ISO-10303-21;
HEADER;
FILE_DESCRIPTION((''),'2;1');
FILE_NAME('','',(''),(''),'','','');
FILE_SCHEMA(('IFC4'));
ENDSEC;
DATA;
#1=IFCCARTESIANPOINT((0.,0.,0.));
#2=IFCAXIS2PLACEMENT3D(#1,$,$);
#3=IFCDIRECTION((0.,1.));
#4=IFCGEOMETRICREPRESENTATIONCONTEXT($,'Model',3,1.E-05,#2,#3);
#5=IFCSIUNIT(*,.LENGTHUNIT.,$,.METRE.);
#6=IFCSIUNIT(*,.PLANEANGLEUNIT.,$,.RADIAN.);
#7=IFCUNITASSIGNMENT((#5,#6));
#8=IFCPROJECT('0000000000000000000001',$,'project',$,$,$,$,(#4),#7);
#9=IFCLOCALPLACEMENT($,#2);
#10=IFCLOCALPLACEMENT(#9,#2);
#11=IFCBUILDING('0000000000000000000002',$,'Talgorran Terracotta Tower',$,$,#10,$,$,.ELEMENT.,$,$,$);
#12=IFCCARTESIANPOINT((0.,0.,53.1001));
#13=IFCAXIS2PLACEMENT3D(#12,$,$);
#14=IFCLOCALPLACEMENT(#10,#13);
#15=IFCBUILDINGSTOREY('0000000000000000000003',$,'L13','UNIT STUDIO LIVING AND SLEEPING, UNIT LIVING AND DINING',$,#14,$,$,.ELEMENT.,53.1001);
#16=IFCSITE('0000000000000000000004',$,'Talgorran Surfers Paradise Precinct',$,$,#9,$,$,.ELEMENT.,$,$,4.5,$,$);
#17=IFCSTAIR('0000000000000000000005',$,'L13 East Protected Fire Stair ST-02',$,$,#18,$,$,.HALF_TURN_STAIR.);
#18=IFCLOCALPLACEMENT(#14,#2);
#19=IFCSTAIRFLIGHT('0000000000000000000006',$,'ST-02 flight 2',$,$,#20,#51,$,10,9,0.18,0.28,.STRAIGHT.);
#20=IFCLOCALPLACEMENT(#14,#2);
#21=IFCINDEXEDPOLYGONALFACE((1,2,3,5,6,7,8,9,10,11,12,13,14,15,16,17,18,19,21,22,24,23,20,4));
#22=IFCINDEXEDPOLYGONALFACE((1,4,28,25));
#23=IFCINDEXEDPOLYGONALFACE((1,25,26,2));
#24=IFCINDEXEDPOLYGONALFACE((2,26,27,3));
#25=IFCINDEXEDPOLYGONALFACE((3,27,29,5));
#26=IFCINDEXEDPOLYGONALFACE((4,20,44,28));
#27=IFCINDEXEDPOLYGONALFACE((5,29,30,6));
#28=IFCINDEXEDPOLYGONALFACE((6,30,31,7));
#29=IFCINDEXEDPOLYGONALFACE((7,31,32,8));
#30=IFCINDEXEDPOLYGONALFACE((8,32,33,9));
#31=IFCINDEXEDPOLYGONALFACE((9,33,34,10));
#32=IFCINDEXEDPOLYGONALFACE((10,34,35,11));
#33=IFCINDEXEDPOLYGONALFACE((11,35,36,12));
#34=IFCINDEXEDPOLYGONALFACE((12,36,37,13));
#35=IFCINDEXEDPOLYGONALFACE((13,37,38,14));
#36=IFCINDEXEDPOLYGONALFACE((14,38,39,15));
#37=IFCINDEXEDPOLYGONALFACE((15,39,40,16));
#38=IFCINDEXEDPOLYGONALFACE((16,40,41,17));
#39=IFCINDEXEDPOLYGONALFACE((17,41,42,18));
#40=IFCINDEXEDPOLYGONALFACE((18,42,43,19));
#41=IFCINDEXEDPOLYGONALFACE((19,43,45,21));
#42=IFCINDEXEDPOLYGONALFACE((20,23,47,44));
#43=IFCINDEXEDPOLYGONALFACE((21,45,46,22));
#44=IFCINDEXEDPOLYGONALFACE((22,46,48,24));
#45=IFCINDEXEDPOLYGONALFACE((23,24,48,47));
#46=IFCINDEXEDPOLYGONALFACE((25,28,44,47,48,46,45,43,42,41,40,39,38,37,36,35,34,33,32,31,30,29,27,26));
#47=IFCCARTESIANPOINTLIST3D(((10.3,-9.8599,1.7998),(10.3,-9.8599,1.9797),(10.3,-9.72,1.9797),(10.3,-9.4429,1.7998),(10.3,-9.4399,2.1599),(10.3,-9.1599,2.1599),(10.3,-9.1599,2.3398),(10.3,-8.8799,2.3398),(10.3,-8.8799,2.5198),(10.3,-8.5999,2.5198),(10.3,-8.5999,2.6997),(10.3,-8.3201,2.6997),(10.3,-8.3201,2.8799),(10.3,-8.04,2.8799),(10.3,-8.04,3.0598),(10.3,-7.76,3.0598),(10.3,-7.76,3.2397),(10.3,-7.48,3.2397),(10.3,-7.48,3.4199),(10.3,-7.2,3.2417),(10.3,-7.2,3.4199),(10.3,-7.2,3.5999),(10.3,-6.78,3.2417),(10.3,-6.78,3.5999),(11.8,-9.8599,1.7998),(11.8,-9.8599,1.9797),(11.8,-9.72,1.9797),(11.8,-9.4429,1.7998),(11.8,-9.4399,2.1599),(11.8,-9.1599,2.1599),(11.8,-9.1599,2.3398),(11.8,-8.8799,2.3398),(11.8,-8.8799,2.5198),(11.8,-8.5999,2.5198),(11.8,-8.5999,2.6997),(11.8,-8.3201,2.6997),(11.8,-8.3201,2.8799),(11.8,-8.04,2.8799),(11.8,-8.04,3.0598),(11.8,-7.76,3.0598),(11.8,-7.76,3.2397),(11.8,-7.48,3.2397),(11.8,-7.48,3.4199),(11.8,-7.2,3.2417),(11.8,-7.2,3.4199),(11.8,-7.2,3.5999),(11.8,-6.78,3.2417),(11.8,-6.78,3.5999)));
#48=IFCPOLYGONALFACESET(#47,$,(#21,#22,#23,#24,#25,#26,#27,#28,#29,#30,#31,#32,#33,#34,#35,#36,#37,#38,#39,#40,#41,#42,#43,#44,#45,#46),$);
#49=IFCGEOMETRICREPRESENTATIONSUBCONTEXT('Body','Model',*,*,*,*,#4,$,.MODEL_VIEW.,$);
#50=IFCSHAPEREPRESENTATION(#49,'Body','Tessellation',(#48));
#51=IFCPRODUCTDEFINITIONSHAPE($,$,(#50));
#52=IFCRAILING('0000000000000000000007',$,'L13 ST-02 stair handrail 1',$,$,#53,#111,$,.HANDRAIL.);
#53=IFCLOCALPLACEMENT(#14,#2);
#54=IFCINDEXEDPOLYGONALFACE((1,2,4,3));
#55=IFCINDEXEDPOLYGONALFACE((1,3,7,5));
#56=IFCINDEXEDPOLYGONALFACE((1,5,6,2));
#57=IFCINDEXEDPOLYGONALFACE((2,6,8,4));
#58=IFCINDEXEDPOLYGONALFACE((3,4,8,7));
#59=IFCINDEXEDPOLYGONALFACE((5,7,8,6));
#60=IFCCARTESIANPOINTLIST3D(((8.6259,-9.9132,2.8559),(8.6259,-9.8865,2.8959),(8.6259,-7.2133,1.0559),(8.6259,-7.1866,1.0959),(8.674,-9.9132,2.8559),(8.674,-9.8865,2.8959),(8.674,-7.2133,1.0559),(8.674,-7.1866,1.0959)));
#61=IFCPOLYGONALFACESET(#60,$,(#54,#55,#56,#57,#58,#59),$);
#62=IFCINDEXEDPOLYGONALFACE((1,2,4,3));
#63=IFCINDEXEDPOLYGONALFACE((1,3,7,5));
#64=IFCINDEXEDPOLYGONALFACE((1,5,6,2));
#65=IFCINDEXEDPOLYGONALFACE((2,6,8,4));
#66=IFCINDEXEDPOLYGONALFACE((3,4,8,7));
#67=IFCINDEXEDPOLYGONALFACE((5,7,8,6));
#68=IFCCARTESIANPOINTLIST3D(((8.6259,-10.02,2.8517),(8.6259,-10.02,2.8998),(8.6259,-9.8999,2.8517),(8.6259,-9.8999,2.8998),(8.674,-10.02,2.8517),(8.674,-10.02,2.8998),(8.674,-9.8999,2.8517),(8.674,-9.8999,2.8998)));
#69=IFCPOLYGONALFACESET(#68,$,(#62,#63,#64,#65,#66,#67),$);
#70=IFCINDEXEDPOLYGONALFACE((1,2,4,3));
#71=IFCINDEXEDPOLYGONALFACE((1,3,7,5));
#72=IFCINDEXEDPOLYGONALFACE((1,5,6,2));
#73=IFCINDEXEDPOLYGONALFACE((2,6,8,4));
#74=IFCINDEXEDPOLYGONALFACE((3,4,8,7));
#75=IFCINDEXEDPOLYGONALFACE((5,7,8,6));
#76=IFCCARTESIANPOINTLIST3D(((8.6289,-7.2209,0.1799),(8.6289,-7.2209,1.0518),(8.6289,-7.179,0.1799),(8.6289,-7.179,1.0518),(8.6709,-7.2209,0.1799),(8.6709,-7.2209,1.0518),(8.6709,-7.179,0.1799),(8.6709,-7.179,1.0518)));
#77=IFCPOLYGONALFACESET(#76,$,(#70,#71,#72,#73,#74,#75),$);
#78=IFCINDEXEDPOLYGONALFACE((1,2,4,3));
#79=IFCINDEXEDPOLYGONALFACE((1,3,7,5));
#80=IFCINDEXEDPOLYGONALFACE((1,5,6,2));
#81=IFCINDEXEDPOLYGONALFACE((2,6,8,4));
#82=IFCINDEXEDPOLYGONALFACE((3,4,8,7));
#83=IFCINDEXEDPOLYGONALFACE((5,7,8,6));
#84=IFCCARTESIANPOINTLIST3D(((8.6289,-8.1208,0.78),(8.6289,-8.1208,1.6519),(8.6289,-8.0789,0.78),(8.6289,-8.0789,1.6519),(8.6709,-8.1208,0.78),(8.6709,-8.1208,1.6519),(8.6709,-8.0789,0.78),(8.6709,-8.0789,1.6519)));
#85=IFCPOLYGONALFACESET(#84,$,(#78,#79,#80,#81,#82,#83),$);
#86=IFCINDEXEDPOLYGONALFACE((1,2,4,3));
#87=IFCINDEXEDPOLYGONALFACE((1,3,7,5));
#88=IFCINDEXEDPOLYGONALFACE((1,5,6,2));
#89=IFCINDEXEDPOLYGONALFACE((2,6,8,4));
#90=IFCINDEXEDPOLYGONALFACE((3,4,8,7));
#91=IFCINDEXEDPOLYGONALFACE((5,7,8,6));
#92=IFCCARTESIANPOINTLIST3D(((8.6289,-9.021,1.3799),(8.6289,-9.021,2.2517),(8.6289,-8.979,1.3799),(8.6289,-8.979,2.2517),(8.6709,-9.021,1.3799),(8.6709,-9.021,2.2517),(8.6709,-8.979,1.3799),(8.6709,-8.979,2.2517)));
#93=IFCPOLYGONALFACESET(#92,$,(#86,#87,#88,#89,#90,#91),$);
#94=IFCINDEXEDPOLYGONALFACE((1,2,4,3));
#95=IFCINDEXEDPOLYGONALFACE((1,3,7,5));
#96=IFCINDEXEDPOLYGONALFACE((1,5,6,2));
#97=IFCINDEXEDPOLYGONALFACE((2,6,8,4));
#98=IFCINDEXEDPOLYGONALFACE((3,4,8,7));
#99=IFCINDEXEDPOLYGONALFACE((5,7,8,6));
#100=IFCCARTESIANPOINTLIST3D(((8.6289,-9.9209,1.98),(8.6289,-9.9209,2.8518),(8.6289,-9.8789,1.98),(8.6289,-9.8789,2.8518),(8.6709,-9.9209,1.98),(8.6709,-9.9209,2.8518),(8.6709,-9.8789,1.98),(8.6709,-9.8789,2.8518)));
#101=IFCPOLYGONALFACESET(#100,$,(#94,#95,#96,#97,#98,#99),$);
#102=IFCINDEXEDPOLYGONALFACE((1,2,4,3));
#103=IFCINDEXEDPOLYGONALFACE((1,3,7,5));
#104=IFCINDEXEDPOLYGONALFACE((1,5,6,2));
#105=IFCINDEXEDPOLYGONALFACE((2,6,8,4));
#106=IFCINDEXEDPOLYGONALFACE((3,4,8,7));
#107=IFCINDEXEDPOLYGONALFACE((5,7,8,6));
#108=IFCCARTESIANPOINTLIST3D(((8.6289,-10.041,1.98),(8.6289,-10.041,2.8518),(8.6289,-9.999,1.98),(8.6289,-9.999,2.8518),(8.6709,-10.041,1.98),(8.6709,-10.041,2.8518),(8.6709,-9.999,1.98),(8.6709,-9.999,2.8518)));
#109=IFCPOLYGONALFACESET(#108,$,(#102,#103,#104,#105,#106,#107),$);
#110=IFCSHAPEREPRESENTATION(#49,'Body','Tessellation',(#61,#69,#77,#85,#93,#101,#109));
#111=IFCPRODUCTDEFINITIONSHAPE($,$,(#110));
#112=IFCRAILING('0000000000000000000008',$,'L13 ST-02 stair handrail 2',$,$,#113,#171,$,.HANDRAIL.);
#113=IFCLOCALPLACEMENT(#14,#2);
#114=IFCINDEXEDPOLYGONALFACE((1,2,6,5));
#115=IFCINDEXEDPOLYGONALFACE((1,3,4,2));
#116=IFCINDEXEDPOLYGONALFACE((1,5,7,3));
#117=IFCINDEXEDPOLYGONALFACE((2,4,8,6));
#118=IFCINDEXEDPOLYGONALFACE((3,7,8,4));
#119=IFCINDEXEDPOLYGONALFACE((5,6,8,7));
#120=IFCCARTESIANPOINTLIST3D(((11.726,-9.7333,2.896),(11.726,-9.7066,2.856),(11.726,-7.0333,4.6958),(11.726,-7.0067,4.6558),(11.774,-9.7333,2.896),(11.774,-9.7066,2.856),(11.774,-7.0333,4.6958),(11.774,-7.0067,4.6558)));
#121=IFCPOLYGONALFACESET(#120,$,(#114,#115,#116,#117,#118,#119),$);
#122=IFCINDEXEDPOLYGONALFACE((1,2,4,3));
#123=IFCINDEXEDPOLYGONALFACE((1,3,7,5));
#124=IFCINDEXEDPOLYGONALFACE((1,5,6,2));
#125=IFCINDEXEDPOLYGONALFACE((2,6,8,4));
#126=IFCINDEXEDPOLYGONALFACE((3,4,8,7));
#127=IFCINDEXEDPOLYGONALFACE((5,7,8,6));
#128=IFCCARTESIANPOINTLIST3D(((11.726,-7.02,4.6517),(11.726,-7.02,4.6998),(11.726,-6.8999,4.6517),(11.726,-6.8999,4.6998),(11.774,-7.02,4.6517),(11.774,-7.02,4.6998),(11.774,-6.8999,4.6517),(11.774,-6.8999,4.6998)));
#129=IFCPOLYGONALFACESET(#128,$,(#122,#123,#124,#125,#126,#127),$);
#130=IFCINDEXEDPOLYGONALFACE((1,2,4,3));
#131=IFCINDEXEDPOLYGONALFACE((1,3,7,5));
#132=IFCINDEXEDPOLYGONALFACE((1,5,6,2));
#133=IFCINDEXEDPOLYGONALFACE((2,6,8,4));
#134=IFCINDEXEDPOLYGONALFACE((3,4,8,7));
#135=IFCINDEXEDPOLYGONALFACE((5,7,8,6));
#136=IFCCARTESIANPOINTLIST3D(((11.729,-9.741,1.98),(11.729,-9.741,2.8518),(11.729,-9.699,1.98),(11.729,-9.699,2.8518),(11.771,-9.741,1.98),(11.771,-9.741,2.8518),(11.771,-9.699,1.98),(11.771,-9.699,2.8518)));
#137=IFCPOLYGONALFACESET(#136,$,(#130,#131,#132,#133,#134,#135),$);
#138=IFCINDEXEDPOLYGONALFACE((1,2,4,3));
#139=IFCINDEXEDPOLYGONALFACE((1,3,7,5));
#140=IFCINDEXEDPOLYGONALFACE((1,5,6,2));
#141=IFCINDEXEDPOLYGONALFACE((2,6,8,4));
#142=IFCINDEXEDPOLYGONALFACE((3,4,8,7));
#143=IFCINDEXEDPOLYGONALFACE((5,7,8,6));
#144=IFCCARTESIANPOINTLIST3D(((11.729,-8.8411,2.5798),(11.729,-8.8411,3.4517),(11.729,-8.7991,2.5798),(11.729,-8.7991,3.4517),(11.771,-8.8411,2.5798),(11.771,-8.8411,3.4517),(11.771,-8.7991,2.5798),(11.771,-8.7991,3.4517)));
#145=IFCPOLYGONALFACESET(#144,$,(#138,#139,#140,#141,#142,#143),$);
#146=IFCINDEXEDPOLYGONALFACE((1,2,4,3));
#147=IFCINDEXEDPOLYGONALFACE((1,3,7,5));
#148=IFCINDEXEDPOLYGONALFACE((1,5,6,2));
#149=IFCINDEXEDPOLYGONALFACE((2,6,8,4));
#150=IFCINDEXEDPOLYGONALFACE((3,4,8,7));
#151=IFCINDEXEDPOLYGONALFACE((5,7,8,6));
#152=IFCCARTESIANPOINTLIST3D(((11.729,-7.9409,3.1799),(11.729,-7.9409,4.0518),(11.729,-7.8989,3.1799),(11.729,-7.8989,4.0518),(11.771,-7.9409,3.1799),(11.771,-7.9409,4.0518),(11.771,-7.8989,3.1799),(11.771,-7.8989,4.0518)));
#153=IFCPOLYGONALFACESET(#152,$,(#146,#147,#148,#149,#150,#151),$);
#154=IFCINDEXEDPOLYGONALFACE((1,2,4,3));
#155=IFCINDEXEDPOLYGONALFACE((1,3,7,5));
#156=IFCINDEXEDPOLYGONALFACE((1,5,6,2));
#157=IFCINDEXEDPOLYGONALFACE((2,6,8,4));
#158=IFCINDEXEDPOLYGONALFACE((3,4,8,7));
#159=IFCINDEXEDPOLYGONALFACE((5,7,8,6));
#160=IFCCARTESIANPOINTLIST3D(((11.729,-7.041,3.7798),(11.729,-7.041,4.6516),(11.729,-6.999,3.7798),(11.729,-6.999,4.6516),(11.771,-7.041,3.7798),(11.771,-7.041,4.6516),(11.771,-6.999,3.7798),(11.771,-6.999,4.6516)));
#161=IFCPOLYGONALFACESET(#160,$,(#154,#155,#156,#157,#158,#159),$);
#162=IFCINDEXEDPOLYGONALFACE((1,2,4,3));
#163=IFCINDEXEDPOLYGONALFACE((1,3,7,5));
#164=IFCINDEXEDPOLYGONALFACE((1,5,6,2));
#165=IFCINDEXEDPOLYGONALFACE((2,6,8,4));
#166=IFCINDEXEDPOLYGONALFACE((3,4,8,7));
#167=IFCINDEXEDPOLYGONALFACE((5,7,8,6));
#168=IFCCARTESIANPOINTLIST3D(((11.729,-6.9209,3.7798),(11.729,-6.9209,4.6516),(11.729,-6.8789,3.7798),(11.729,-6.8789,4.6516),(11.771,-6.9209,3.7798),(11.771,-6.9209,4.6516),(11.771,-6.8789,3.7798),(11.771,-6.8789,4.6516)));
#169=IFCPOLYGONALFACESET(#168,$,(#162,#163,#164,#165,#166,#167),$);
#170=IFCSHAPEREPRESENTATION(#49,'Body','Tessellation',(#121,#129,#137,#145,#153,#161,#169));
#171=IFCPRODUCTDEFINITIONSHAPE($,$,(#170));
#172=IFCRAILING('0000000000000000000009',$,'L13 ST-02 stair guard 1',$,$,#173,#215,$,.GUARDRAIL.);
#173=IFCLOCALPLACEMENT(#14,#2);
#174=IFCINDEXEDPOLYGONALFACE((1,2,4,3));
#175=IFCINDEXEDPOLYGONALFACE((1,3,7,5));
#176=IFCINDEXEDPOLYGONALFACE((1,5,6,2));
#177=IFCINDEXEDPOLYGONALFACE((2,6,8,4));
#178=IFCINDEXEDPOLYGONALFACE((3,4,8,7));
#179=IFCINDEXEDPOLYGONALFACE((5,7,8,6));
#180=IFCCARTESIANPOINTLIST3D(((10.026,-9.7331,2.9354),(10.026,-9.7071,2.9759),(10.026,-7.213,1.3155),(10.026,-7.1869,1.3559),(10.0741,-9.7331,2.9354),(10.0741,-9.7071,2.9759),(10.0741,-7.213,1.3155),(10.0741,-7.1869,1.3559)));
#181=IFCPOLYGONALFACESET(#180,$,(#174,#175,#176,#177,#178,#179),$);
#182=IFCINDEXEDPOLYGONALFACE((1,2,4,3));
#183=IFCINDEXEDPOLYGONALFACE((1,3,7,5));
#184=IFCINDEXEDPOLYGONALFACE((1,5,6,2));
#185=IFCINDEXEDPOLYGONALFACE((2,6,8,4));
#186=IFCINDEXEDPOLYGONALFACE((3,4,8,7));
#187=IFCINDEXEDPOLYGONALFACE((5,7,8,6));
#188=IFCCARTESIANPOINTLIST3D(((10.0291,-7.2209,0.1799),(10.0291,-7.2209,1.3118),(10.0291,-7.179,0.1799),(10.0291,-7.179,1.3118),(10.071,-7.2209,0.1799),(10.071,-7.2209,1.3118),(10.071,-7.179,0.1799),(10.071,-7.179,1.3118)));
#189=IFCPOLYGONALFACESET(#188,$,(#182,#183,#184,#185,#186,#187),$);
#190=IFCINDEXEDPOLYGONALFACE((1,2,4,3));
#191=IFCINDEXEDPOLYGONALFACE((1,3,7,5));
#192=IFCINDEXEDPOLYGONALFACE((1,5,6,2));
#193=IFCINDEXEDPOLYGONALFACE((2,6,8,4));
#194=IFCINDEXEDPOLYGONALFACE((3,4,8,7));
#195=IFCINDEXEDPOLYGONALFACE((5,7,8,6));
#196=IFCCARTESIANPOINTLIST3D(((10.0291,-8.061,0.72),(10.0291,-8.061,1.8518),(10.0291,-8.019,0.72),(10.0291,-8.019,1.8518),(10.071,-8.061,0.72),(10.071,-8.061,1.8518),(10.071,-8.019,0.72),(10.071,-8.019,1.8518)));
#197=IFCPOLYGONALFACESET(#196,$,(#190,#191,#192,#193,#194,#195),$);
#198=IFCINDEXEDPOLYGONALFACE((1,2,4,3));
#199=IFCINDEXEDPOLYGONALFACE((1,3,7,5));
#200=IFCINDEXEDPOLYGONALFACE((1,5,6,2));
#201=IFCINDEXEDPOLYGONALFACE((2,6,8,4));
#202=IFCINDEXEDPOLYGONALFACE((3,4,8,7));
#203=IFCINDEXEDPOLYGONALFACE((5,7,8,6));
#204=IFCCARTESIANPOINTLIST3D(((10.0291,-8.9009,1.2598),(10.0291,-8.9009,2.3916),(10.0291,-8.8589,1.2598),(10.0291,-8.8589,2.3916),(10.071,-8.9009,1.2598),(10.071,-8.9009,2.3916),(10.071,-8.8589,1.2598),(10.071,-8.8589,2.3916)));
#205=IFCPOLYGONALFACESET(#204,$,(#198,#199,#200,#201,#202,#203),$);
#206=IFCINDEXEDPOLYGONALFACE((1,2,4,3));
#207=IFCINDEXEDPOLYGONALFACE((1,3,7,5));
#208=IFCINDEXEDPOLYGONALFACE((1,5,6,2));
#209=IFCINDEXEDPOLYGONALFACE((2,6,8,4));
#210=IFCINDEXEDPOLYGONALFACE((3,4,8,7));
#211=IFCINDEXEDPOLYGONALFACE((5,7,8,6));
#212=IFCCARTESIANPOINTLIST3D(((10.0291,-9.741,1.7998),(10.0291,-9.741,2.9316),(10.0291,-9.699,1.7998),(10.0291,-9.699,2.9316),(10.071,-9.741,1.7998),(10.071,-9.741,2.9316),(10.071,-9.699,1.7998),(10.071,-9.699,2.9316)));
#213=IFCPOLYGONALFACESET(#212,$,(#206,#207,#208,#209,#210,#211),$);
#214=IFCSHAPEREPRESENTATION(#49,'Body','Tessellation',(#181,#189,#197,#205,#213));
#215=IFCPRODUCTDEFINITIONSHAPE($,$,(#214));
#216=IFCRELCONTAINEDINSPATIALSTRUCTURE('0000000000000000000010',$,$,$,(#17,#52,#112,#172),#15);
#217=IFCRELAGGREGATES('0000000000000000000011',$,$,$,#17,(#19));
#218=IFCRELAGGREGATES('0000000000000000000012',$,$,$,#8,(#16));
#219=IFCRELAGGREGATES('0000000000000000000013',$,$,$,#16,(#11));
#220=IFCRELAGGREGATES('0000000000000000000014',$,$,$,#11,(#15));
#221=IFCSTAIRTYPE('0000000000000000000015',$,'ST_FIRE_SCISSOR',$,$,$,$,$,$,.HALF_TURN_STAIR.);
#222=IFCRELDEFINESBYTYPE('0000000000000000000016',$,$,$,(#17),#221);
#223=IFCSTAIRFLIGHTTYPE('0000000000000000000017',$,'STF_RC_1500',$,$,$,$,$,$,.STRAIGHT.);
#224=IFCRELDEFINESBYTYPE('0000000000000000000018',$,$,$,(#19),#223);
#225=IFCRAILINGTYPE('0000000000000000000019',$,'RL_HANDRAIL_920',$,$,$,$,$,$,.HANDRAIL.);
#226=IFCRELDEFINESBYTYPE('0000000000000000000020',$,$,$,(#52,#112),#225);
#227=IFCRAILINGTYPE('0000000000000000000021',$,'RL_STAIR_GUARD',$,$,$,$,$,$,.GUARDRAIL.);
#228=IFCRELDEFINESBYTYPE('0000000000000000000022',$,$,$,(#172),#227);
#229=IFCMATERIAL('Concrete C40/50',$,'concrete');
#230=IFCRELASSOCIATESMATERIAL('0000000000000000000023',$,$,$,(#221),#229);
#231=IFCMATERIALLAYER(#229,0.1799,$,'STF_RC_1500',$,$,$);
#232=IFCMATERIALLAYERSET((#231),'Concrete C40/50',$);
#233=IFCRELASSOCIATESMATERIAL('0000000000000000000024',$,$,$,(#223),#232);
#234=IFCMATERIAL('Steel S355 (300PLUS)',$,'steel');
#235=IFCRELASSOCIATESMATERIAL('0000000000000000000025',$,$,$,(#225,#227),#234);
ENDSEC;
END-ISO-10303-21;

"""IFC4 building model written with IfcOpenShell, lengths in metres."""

from ifc_helpers import new_model, si_unit, direction, frame, origin, origin_2d, place, context, subcontext, project, spatial, polyline, rectangle, outline, extrude, material, layer, layer_set, type_object, element, aggregate, save


model = new_model("IFC4")

# Units and contexts
model_context = context("Model", 3, precision=1e-05, world=origin(), true_north=direction((0.0, 1.0)))
body_context = subcontext(model_context, "Body", "Model", "MODEL_VIEW")
ifc_project = project(units=[si_unit("LENGTHUNIT", "METRE"), si_unit("PLANEANGLEUNIT", "RADIAN")], contexts=[model_context])

# Site, building, storey
site_placement = place(None, origin())
site = spatial("IfcSite", under=ifc_project, at=site_placement, Name="Talgorran Surfers Paradise Precinct", CompositionType="ELEMENT", RefElevation=4.5)
building_placement = place(site_placement, origin())
building = spatial("IfcBuilding", under=site, at=building_placement, Name="Talgorran Terracotta Tower", CompositionType="ELEMENT")
storey_placement = place(building_placement, frame((0.0, 0.0, 53.1001)))
storey = spatial("IfcBuildingStorey", under=building, at=storey_placement, Name="L13", Description="UNIT STUDIO LIVING AND SLEEPING, UNIT LIVING AND DINING", CompositionType="ELEMENT", Elevation=53.1001)

# Shared definitions
ifc_material_1 = material(Name="Steel S355 (300PLUS)", Category="steel")

# Stair, stair flight
ifc_material_2 = material(Name="Concrete C40/50", Category="concrete")
stair_type = type_object("IfcStairType", Name="ST_FIRE_SCISSOR", PredefinedType="HALF_TURN_STAIR", material=ifc_material_2)
stair_placement = place(storey_placement, origin())
stair = element("IfcStair", 1, at=stair_placement, inside=storey, type_object=stair_type, Name="L13 East Protected Fire Stair ST-02", PredefinedType="HALF_TURN_STAIR")
ifc_layer_1 = layer(ifc_material_2, 0.1799, Name="STF_RC_1500")
ifc_layer_set_1 = layer_set([ifc_layer_1], Name="Concrete C40/50")
stair_flight_type = type_object("IfcStairFlightType", Name="STF_RC_1500", PredefinedType="STRAIGHT", material=ifc_layer_set_1)
stair_flight_1_placement = place(storey_placement, frame((11.05, -9.72, 1.7998), z_axis=(0.0, 0.0, 1.0), x_axis=(0.0, 1.0, 0.0)))
stair_flight_1 = element("IfcStairFlight", 2, at=stair_flight_1_placement, type_object=stair_flight_type, Name="ST-02 flight 2", NumberOfRisers=10, NumberOfTreads=9, PredefinedType="STRAIGHT", RiserHeight=0.18, TreadLength=0.28, context=body_context, shape_type="SweptSolid", body=[
    extrude(outline(polyline([(-0.1399, 0.0), (-0.1399, 0.1799), (0.0, 0.1799), (0.28, 0.3601), (0.5601, 0.3601), (0.5601, 0.54), (0.8401, 0.54), (0.8401, 0.72), (1.1201, 0.72), (1.1201, 0.8999), (1.3999, 0.8999), (1.3999, 1.0801), (1.6799, 1.0801), (1.6799, 1.26), (1.96, 1.26), (1.96, 1.4399), (2.24, 1.4399), (2.24, 1.6201), (2.52, 1.6201), (2.52, 1.8), (2.9399, 1.8), (2.9399, 1.4419), (2.52, 1.4419), (0.2771, 0.0), (-0.1399, 0.0)])), frame((0.0, 0.75, 0.0), z_axis=(0.0, -1.0, 0.0), x_axis=(1.0, 0.0, 0.0)), (0.0, 0.0, 1.0), 1.5),
])
aggregate(stair, [stair_flight_1])

# Railings
railing_type_1 = type_object("IfcRailingType", Name="RL_HANDRAIL_920", PredefinedType="HANDRAIL", material=ifc_material_1)
railing_1_placement = place(storey_placement, frame((8.6499, -7.2, 0.1799)))
element("IfcRailing", 3, at=railing_1_placement, inside=storey, type_object=railing_type_1, Name="L13 ST-02 stair handrail 1", PredefinedType="HANDRAIL", context=body_context, shape_type="SweptSolid", body=[
    extrude(rectangle(XDim=0.0481, YDim=0.0481, at=origin_2d()), frame((0.0, 0.0, 0.896), z_axis=(0.0, -0.832039, 0.554718), x_axis=(1.0, 0.0, 0.0)), (0.0, 0.0, 1.0), 3.2449),
    extrude(rectangle(XDim=0.0481, YDim=0.0481, at=origin_2d()), frame((0.0, -2.7, 2.6958), z_axis=(0.0, -1.0, 0.0), x_axis=(1.0, 0.0, 0.0)), (0.0, 0.0, 1.0), 0.1201),
    extrude(rectangle(XDim=0.042, YDim=0.042, at=origin_2d()), origin(), (0.0, 0.0, 1.0), 0.8718),
    extrude(rectangle(XDim=0.042, YDim=0.042, at=origin_2d()), frame((0.0, -0.8999, 0.6001)), (0.0, 0.0, 1.0), 0.8718),
    extrude(rectangle(XDim=0.042, YDim=0.042, at=origin_2d()), frame((0.0, -1.8, 1.2)), (0.0, 0.0, 1.0), 0.8718),
    extrude(rectangle(XDim=0.042, YDim=0.042, at=origin_2d()), frame((0.0, -2.7, 1.8)), (0.0, 0.0, 1.0), 0.8718),
    extrude(rectangle(XDim=0.042, YDim=0.042, at=origin_2d()), frame((0.0, -2.8201, 1.8)), (0.0, 0.0, 1.0), 0.8718),
])
railing_2_placement = place(storey_placement, frame((11.75, -9.72, 1.98)))
element("IfcRailing", 4, at=railing_2_placement, inside=storey, type_object=railing_type_1, Name="L13 ST-02 stair handrail 2", PredefinedType="HANDRAIL", context=body_context, shape_type="SweptSolid", body=[
    extrude(rectangle(XDim=0.0481, YDim=0.0481, at=origin_2d()), frame((0.0, 0.0, 0.896), z_axis=(0.0, 0.832073, 0.554665), x_axis=(-1.0, 0.0, 0.0)), (0.0, 0.0, 1.0), 3.2449),
    extrude(rectangle(XDim=0.0481, YDim=0.0481, at=origin_2d()), frame((0.0, 2.7, 2.6958), z_axis=(0.0, 1.0, 0.0), x_axis=(-1.0, 0.0, 0.0)), (0.0, 0.0, 1.0), 0.1201),
    extrude(rectangle(XDim=0.042, YDim=0.042, at=origin_2d()), origin(), (0.0, 0.0, 1.0), 0.8718),
    extrude(rectangle(XDim=0.042, YDim=0.042, at=origin_2d()), frame((0.0, 0.8999, 0.5999)), (0.0, 0.0, 1.0), 0.8718),
    extrude(rectangle(XDim=0.042, YDim=0.042, at=origin_2d()), frame((0.0, 1.8, 1.2)), (0.0, 0.0, 1.0), 0.8718),
    extrude(rectangle(XDim=0.042, YDim=0.042, at=origin_2d()), frame((0.0, 2.7, 1.7998)), (0.0, 0.0, 1.0), 0.8718),
    extrude(rectangle(XDim=0.042, YDim=0.042, at=origin_2d()), frame((0.0, 2.8201, 1.7998)), (0.0, 0.0, 1.0), 0.8718),
])
railing_type_2 = type_object("IfcRailingType", Name="RL_STAIR_GUARD", PredefinedType="GUARDRAIL", material=ifc_material_1)
railing_3_placement = place(storey_placement, frame((10.05, -7.2, 0.1799)))
element("IfcRailing", 5, at=railing_3_placement, inside=storey, type_object=railing_type_2, Name="L13 ST-02 stair guard 1", PredefinedType="GUARDRAIL", context=body_context, shape_type="SweptSolid", body=[
    extrude(rectangle(XDim=0.0481, YDim=0.0481, at=origin_2d()), frame((0.0, 0.0, 1.1558), z_axis=(0.0, -0.8412, 0.540725), x_axis=(1.0, 0.0, 0.0)), (0.0, 0.0, 1.0), 2.9958),
    extrude(rectangle(XDim=0.042, YDim=0.042, at=origin_2d()), origin(), (0.0, 0.0, 1.0), 1.1318),
    extrude(rectangle(XDim=0.042, YDim=0.042, at=origin_2d()), frame((0.0, -0.8401, 0.54)), (0.0, 0.0, 1.0), 1.1318),
    extrude(rectangle(XDim=0.042, YDim=0.042, at=origin_2d()), frame((0.0, -1.6799, 1.0798)), (0.0, 0.0, 1.0), 1.1318),
    extrude(rectangle(XDim=0.042, YDim=0.042, at=origin_2d()), frame((0.0, -2.52, 1.6199)), (0.0, 0.0, 1.0), 1.1318),
])

save(model, "model.ifc")
